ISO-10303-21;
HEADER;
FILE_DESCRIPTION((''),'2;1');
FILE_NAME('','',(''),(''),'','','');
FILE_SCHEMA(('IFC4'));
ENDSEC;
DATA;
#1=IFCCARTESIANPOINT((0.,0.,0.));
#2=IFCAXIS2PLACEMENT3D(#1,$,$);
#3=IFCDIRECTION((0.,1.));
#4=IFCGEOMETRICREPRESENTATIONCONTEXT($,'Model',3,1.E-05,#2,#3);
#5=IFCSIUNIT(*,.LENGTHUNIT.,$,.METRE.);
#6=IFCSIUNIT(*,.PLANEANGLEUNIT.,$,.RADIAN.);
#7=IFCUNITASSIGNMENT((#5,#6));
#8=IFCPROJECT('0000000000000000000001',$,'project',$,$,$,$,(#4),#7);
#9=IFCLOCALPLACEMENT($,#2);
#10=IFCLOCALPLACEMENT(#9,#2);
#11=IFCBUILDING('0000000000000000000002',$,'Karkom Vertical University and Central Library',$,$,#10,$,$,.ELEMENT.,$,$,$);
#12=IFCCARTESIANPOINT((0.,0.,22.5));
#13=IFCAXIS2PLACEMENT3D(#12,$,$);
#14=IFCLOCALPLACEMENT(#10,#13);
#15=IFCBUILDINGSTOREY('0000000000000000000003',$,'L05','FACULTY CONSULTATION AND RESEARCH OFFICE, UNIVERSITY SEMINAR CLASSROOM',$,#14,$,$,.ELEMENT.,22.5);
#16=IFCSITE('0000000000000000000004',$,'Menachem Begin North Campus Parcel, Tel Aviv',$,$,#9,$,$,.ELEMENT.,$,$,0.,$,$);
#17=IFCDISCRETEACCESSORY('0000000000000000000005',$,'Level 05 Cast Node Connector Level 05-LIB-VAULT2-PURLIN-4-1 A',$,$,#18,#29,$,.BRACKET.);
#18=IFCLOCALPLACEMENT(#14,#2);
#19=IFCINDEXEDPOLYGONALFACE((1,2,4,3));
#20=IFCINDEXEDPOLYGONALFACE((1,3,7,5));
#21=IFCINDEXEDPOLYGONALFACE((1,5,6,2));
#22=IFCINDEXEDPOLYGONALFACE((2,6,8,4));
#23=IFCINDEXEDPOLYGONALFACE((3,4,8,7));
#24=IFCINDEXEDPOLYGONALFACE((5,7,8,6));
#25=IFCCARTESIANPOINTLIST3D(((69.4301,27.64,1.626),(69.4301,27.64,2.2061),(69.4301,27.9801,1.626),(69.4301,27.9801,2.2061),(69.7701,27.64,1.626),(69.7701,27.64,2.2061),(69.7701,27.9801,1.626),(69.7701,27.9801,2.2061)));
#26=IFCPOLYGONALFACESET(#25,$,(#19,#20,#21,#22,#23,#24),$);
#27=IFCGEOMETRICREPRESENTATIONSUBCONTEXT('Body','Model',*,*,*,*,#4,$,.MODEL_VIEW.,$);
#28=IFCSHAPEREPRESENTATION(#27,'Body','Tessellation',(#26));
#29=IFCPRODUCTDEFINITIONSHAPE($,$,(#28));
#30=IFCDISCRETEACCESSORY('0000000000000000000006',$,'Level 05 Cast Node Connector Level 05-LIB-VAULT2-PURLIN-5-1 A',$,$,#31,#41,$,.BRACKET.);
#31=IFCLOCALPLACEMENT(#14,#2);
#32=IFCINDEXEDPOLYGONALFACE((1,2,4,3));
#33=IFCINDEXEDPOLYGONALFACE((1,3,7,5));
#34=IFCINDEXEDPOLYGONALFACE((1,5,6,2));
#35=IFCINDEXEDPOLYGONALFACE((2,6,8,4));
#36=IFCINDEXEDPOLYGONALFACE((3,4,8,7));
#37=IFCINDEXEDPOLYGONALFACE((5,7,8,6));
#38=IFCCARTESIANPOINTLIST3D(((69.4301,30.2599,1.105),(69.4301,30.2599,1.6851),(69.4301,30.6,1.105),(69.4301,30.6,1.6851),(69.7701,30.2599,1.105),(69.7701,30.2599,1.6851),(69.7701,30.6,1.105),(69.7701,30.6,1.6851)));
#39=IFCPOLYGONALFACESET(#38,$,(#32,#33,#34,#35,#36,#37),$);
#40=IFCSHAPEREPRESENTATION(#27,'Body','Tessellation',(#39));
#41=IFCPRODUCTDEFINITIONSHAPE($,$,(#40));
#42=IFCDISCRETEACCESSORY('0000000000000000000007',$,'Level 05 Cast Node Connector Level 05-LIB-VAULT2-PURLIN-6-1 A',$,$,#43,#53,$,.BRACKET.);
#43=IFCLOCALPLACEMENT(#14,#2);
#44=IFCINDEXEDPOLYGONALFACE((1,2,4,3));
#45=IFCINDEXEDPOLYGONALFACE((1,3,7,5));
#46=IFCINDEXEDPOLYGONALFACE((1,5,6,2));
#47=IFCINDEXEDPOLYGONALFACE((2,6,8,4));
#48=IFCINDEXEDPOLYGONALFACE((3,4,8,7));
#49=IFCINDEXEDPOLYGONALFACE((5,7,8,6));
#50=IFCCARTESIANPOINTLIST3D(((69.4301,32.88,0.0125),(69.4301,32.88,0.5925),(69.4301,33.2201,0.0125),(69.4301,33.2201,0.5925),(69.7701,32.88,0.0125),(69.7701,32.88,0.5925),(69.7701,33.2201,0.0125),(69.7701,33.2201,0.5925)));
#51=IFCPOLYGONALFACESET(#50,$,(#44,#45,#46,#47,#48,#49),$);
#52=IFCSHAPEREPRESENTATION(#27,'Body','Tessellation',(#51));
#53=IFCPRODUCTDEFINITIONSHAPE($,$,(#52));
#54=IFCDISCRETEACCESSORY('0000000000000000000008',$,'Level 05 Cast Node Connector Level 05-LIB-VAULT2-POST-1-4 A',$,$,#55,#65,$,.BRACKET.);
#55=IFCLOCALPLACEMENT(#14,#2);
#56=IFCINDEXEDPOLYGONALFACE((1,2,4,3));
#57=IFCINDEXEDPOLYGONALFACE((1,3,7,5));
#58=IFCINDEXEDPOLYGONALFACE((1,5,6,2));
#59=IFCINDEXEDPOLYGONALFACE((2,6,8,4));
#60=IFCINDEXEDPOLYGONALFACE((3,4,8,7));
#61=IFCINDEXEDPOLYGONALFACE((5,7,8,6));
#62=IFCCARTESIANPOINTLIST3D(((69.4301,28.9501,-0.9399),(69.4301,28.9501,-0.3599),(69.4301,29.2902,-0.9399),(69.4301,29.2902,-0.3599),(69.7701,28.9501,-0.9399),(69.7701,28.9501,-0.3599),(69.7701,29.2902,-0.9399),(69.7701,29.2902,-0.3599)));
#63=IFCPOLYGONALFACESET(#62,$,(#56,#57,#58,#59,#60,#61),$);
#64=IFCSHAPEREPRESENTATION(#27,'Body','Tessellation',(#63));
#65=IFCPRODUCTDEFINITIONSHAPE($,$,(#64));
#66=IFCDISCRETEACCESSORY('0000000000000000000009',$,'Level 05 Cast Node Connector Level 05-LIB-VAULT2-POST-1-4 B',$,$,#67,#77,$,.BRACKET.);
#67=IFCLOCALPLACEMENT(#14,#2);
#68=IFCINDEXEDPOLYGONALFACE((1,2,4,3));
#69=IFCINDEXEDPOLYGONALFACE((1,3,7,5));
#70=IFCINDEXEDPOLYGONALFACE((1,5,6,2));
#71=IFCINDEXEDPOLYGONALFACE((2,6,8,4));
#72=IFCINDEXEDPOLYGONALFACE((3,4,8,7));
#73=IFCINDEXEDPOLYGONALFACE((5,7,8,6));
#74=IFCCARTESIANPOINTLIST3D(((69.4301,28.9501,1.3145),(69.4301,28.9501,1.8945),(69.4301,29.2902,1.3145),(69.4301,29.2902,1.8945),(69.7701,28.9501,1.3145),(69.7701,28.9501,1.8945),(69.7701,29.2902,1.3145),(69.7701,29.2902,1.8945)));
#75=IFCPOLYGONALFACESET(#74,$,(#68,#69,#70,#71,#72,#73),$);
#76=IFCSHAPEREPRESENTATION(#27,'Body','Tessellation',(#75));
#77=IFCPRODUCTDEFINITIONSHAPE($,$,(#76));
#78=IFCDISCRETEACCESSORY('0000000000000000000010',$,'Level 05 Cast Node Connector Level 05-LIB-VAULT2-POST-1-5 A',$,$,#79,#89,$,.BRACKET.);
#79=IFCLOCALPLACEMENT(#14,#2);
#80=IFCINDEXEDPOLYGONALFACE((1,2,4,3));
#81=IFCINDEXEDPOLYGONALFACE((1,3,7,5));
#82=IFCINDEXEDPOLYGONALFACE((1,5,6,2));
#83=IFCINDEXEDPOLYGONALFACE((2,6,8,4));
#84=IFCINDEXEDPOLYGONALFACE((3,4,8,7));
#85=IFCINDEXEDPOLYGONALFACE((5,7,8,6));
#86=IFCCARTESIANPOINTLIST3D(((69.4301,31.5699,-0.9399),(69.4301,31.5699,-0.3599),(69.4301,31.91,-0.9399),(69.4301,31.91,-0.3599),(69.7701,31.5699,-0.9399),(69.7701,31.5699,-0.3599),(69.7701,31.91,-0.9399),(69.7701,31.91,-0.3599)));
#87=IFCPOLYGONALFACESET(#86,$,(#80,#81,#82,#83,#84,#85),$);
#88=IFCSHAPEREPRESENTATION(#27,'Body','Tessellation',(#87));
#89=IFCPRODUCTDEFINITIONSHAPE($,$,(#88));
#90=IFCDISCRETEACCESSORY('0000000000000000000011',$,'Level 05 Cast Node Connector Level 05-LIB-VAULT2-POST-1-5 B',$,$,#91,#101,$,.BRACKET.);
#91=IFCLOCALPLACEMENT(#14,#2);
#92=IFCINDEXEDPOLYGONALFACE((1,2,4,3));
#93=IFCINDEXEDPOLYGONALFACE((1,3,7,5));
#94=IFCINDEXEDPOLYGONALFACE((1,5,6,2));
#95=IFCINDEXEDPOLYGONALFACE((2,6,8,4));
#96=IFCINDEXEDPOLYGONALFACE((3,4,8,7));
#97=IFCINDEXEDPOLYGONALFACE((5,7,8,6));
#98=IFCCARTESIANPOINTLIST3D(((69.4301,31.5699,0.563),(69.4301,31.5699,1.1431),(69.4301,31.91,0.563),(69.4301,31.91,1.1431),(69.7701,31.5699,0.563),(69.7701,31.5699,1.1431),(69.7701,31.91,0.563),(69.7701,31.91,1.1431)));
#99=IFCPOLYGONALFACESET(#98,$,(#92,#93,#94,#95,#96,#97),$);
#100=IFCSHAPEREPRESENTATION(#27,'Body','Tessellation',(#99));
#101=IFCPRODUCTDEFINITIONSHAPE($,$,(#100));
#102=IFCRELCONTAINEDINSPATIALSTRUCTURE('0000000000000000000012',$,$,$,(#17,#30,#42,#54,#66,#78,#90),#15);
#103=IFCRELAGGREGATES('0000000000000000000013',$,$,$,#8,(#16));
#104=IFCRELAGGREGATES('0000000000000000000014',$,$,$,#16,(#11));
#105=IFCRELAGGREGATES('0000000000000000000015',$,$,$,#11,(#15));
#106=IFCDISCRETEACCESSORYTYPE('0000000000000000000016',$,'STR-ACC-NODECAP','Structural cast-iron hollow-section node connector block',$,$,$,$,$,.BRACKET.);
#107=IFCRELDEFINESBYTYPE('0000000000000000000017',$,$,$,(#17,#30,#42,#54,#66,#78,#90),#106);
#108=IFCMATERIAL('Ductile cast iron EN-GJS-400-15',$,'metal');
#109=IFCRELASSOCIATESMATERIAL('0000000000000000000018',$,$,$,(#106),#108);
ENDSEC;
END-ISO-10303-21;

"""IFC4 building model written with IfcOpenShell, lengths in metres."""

from ifc_helpers import new_model, si_unit, direction, frame, origin, origin_with_axes, origin_2d, place, context, subcontext, project, spatial, rectangle, extrude, source, transform, mapped, material, type_object, element, save


model = new_model("IFC4")

# Units and contexts
model_context = context("Model", 3, precision=1e-05, world=origin(), true_north=direction((0.0, 1.0)))
body_context = subcontext(model_context, "Body", "Model", "MODEL_VIEW")
ifc_project = project(units=[si_unit("LENGTHUNIT", "METRE"), si_unit("PLANEANGLEUNIT", "RADIAN")], contexts=[model_context])

# Site, building, storey
site_placement = place(None, origin())
site = spatial("IfcSite", under=ifc_project, at=site_placement, Name="Menachem Begin North Campus Parcel, Tel Aviv", CompositionType="ELEMENT", RefElevation=0.0)
building_placement = place(site_placement, origin())
building = spatial("IfcBuilding", under=site, at=building_placement, Name="Karkom Vertical University and Central Library", CompositionType="ELEMENT")
storey_placement = place(building_placement, frame((0.0, 0.0, 22.5)))
storey = spatial("IfcBuildingStorey", under=building, at=storey_placement, Name="L05", Description="FACULTY CONSULTATION AND RESEARCH OFFICE, UNIVERSITY SEMINAR CLASSROOM", CompositionType="ELEMENT", Elevation=22.5)

# Discrete accessories
ifc_material_1 = material(Name="Ductile cast iron EN-GJS-400-15", Category="metal")
discrete_accessory_type = type_object("IfcDiscreteAccessoryType", Name="STR-ACC-NODECAP", Description="Structural cast-iron hollow-section node connector block", PredefinedType="BRACKET", material=ifc_material_1)
shared_shape_1 = source(origin_with_axes(), body_context, "Body", "SweptSolid", [
    extrude(rectangle(XDim=0.3401, YDim=0.3401, at=origin_2d()), origin(), (0.0, 0.0, 1.0), 0.5801),
])
for number, where, z_axis, x_axis, name in (
    (1, (69.6001, 27.8101, 1.626), (0.0, 0.0, 1.0), (1.0, 0.0, 0.0), "Level 05 Cast Node Connector Level 05-LIB-VAULT2-PURLIN-4-1 A"),
    (2, (69.6001, 30.4299, 1.105), (0.0, 0.0, 1.0), (1.0, 0.0, 0.0), "Level 05 Cast Node Connector Level 05-LIB-VAULT2-PURLIN-5-1 A"),
    (3, (69.6001, 33.05, 0.0125), (0.0, 0.0, 1.0), (1.0, 0.0, 0.0), "Level 05 Cast Node Connector Level 05-LIB-VAULT2-PURLIN-6-1 A"),
    (4, (69.6001, 29.1201, -0.9399), (0.0, 0.0, 1.0), (1.0, 0.0, 0.0), "Level 05 Cast Node Connector Level 05-LIB-VAULT2-POST-1-4 A"),
    (5, (69.6001, 29.1201, 1.3145), (0.0, 0.0, 1.0), (1.0, 0.0, 0.0), "Level 05 Cast Node Connector Level 05-LIB-VAULT2-POST-1-4 B"),
    (6, (69.6001, 31.74, -0.9399), (0.0, 0.0, 1.0), (1.0, 0.0, 0.0), "Level 05 Cast Node Connector Level 05-LIB-VAULT2-POST-1-5 A"),
    (7, (69.6001, 31.74, 0.563), (0.0, 0.0, 1.0), (1.0, 0.0, 0.0), "Level 05 Cast Node Connector Level 05-LIB-VAULT2-POST-1-5 B"),
):
    element("IfcDiscreteAccessory", number, at=place(storey_placement, frame(where, z_axis=z_axis, x_axis=x_axis)), inside=storey, type_object=discrete_accessory_type, Name=name, PredefinedType="BRACKET", context=body_context, shape_type="MappedRepresentation", body=[
        mapped(shared_shape_1, transform((0.0, 0.0, 0.0), scale=1.0)),
    ])

save(model, "model.ifc")
